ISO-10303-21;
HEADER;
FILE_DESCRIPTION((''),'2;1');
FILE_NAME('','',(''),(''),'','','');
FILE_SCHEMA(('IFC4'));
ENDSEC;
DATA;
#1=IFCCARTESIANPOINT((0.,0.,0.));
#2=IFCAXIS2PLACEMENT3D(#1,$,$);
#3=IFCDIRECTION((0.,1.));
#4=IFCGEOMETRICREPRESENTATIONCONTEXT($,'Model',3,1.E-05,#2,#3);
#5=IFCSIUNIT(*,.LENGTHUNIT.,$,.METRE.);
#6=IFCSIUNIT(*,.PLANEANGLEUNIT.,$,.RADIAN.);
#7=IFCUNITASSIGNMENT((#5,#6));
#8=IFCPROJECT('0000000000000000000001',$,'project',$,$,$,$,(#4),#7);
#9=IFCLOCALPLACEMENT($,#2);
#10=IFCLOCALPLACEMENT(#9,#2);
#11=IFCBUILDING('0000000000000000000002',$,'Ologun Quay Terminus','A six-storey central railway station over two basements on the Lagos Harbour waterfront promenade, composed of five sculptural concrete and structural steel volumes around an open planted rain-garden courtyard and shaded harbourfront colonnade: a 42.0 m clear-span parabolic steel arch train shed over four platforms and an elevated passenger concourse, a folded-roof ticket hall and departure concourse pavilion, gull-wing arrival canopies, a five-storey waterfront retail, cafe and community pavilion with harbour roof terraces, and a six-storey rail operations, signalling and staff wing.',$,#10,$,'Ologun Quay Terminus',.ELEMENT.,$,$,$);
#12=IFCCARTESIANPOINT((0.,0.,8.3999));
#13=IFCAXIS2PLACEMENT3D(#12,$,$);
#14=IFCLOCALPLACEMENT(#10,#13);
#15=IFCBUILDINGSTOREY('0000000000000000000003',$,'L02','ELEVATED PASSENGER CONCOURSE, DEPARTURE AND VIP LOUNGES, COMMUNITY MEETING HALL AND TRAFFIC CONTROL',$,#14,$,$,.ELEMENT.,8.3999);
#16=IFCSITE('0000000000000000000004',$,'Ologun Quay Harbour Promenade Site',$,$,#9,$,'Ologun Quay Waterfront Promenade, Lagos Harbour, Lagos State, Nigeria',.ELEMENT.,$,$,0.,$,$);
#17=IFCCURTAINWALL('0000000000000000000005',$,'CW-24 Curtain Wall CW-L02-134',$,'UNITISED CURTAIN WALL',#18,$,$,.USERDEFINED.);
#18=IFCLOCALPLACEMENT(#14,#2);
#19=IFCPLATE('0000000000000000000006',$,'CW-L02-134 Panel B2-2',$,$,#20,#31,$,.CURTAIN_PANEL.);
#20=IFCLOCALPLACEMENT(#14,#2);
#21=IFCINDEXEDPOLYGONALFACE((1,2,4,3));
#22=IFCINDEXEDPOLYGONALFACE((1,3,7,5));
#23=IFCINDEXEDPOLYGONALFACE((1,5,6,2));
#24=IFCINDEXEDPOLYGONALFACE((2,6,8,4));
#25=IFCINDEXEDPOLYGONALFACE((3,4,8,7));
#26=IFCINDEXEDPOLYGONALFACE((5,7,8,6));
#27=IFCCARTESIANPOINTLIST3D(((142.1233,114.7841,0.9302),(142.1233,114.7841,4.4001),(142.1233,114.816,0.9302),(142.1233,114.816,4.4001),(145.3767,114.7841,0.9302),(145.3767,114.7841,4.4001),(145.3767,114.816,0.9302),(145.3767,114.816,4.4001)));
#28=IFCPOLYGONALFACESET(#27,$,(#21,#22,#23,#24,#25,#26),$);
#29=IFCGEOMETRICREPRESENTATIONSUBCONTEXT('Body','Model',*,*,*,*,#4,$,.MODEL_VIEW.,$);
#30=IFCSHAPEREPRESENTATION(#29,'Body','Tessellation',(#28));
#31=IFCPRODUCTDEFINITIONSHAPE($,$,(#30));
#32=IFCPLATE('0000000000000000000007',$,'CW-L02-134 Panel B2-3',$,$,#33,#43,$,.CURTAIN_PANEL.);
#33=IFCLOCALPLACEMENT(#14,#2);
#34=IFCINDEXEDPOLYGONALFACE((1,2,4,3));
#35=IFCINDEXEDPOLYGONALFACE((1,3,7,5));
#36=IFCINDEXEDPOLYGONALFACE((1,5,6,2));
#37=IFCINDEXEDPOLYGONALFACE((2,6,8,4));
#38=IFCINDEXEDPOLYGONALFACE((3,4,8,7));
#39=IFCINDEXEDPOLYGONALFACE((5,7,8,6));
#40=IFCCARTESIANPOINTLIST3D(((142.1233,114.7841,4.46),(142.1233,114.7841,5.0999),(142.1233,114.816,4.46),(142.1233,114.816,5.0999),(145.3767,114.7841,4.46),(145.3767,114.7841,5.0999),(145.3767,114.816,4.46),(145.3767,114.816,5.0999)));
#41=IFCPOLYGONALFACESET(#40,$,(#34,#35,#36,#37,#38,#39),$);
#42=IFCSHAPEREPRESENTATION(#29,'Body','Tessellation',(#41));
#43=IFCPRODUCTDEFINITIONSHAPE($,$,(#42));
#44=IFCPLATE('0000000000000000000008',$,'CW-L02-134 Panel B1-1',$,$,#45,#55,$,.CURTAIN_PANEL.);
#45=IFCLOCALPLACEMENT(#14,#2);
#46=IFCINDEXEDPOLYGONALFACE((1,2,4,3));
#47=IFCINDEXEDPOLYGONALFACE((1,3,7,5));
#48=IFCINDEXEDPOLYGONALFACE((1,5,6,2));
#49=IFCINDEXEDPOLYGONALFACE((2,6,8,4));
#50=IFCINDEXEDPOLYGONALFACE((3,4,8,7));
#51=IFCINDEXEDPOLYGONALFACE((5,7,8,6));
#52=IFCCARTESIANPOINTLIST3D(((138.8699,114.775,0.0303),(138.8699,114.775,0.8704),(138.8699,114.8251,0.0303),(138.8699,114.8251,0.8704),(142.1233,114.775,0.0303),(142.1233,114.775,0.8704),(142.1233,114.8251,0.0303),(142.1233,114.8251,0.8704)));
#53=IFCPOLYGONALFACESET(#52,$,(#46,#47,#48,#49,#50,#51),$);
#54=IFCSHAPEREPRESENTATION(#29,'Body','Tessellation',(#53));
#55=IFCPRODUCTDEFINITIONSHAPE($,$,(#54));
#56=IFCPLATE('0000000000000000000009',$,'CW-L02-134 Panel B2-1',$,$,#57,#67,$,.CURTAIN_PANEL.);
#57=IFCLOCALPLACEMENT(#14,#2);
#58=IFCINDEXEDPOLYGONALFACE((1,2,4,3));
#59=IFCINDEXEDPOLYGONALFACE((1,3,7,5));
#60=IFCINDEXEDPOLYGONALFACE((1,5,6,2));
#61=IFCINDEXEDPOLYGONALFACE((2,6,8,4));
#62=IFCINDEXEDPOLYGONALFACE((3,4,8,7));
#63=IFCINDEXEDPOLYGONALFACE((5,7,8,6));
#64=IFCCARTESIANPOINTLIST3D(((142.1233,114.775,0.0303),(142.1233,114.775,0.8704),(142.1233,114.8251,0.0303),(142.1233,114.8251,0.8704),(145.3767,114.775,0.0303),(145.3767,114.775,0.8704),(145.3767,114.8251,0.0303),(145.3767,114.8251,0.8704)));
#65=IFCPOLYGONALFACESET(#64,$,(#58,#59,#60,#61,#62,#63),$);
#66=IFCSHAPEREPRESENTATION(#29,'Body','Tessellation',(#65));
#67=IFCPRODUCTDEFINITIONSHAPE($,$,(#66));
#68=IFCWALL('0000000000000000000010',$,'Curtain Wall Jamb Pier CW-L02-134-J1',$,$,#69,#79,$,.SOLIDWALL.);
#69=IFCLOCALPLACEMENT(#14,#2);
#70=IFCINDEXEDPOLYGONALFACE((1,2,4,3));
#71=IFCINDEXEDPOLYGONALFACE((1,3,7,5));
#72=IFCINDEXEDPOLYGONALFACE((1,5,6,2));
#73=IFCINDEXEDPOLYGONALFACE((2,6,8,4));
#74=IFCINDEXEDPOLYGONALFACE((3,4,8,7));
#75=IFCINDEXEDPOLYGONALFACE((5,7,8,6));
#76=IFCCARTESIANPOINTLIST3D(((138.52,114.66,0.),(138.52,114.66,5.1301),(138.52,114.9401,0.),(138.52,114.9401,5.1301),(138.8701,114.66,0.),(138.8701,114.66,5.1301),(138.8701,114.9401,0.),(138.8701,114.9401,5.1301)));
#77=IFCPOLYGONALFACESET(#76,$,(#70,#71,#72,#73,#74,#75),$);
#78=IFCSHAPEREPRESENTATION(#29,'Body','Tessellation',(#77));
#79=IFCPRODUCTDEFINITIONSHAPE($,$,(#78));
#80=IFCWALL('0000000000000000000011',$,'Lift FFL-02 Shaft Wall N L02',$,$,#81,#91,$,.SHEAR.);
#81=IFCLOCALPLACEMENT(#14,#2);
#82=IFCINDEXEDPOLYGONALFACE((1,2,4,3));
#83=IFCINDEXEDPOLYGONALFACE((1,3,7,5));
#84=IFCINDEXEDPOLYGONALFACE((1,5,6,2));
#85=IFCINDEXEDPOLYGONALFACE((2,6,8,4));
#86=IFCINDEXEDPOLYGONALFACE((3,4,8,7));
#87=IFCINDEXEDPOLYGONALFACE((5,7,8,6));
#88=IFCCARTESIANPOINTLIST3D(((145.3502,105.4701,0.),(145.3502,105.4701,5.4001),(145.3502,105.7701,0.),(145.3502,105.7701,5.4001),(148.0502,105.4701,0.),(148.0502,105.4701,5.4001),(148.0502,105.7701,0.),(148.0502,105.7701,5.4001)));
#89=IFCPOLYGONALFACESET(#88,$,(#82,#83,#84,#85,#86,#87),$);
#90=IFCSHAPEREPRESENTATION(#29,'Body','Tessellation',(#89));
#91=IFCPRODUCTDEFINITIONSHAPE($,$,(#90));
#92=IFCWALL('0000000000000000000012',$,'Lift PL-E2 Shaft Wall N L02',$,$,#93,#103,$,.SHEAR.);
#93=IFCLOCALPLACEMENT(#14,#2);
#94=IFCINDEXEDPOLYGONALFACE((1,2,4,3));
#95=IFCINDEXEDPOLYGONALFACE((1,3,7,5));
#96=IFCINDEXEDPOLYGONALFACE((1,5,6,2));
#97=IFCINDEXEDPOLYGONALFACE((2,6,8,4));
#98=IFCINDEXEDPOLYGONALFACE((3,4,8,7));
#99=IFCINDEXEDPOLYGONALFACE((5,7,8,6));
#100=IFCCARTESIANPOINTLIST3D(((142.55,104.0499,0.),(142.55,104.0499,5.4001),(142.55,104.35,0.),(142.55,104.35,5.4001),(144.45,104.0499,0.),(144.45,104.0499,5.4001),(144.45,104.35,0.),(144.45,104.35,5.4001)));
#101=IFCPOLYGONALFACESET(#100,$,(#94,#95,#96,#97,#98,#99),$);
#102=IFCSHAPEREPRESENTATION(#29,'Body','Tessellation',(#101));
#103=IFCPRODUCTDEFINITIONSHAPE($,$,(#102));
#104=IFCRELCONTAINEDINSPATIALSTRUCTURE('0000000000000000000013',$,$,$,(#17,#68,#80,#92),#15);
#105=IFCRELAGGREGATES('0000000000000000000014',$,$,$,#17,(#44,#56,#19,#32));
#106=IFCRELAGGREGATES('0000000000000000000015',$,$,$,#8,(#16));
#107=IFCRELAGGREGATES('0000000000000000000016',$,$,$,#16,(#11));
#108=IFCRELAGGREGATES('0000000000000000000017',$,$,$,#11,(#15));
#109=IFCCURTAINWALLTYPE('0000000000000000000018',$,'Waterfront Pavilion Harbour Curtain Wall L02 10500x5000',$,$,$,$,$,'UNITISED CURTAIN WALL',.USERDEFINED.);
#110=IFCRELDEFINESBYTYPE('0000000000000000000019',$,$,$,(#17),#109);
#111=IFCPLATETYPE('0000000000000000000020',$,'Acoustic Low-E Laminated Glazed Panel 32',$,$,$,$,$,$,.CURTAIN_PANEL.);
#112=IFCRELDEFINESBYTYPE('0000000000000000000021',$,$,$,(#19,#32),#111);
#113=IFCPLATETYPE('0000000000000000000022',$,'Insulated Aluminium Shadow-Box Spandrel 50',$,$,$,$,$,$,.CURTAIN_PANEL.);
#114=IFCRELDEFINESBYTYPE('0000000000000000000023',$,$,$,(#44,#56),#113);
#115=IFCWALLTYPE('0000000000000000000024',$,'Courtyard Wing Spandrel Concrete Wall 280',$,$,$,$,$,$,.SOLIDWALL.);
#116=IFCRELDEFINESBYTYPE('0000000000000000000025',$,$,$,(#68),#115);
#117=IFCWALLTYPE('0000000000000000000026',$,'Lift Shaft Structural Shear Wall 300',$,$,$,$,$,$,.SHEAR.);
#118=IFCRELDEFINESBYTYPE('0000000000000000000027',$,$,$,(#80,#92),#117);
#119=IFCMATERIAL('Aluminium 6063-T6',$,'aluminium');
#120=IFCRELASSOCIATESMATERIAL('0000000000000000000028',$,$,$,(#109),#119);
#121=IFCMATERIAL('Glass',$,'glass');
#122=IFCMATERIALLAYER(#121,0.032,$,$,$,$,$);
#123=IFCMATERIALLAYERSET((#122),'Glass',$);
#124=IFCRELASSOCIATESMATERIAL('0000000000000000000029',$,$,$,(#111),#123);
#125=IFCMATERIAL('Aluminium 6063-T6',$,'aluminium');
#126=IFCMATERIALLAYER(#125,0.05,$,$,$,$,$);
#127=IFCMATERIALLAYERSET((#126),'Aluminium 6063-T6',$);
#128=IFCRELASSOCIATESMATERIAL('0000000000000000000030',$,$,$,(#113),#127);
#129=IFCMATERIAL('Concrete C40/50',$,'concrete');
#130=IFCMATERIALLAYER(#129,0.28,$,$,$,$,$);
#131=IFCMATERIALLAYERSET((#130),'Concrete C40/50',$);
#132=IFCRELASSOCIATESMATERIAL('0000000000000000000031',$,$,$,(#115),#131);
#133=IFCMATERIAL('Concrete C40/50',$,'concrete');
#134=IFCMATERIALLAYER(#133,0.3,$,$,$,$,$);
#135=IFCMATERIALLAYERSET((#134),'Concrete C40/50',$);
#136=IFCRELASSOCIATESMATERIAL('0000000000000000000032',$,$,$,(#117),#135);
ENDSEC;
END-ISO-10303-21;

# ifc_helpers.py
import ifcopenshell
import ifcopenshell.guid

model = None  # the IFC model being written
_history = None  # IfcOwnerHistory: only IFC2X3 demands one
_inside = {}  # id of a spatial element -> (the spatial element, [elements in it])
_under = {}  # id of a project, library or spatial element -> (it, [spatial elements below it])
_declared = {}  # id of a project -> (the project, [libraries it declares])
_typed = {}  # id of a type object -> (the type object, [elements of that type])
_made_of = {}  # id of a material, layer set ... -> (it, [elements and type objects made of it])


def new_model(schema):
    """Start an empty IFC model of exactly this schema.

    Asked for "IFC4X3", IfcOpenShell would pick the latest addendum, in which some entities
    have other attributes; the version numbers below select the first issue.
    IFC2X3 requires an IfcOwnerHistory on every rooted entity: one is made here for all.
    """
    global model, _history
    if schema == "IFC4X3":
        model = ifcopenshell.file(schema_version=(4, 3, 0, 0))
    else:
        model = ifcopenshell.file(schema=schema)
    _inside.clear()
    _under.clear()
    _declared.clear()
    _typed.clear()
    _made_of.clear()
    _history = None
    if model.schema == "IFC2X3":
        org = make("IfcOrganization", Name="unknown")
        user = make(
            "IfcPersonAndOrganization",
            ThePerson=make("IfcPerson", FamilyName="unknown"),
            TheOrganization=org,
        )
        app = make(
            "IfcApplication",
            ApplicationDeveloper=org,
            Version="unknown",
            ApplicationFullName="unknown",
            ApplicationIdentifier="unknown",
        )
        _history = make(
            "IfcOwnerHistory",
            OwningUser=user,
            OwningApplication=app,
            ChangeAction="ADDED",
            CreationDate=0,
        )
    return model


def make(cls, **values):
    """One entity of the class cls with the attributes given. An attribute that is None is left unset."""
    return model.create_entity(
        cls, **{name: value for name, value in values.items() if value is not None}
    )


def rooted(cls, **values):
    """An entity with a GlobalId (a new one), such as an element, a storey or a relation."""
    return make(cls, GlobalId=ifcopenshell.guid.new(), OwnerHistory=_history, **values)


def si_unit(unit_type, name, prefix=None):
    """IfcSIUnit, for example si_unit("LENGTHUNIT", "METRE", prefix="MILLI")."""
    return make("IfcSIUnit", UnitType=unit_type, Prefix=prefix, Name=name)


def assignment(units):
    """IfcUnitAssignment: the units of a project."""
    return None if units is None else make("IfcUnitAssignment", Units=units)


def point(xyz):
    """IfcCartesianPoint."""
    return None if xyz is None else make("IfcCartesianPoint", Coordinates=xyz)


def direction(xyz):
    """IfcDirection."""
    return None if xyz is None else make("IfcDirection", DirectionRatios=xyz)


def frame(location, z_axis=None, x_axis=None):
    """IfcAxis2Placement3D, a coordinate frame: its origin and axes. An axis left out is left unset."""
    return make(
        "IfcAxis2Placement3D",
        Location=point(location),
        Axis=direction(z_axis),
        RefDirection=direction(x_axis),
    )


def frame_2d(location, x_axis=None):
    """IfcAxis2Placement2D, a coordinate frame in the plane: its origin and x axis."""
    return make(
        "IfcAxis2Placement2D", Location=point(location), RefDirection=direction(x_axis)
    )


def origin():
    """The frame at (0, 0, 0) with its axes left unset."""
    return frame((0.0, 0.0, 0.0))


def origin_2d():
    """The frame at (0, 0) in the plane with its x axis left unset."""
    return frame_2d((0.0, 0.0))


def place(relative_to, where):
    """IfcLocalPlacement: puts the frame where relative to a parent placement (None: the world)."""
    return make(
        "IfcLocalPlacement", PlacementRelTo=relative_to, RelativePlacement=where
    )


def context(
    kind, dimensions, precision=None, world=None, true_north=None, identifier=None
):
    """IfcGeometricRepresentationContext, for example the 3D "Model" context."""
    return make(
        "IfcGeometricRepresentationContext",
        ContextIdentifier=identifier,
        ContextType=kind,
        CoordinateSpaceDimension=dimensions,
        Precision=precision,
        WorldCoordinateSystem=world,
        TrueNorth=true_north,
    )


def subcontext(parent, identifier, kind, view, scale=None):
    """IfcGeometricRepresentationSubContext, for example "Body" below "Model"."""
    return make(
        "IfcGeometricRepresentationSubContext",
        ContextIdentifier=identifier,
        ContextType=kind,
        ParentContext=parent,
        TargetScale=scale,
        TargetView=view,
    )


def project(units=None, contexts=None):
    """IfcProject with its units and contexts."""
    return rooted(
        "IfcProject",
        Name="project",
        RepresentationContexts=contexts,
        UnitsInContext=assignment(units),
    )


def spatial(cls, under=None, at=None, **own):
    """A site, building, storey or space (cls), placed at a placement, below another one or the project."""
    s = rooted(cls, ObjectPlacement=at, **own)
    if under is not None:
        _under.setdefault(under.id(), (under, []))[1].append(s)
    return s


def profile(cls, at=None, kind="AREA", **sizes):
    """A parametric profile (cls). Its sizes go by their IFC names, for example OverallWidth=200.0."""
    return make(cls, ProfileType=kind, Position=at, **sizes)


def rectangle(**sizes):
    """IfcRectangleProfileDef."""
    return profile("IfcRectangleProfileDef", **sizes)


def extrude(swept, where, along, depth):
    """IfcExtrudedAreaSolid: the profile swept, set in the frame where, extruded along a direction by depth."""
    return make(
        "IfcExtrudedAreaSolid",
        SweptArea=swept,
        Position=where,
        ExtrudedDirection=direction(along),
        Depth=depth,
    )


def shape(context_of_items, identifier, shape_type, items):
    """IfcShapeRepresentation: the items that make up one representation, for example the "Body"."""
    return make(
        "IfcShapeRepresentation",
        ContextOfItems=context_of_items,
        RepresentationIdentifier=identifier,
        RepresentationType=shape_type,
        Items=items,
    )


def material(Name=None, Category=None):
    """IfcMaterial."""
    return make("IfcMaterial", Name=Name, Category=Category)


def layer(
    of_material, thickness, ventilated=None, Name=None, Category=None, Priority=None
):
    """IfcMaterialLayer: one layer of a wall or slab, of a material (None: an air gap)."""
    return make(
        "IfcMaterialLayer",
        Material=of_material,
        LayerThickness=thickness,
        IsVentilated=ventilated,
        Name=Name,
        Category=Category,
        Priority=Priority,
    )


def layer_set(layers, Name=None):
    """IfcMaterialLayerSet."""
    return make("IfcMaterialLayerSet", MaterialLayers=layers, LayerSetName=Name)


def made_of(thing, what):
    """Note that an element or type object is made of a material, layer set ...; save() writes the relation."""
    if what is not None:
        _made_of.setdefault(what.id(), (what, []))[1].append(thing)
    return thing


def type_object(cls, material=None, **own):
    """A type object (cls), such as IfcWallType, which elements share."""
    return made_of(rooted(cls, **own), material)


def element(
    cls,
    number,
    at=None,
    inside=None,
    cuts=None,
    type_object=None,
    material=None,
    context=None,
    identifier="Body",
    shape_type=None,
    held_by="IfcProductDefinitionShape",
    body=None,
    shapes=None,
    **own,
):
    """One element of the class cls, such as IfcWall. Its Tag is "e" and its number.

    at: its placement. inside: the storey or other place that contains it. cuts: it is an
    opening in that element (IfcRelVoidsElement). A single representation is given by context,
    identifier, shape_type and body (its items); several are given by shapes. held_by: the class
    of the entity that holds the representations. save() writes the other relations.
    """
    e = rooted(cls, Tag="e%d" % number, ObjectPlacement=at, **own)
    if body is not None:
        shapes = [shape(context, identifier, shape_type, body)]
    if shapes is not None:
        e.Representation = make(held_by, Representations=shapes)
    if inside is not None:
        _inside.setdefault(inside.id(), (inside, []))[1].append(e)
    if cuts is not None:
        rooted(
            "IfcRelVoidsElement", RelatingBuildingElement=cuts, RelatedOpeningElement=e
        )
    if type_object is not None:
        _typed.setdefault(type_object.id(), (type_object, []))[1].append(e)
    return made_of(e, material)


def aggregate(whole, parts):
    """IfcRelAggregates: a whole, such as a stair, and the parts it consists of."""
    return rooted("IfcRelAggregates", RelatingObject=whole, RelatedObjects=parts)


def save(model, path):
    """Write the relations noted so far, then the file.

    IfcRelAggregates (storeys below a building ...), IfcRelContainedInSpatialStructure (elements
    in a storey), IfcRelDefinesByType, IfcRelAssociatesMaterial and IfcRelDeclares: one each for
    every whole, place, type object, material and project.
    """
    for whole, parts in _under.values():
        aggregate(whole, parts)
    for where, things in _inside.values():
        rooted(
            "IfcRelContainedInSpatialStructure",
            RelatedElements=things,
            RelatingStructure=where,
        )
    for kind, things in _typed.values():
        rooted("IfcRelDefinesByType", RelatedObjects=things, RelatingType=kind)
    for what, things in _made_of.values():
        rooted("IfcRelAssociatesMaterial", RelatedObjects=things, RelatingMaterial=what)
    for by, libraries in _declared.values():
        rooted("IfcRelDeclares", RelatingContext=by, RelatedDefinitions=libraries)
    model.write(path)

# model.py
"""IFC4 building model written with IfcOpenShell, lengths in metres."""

from ifc_helpers import new_model, si_unit, direction, frame, frame_2d, origin, origin_2d, place, context, subcontext, project, spatial, rectangle, extrude, material, layer, layer_set, type_object, element, aggregate, save


model = new_model("IFC4")

# Units and contexts
model_context = context("Model", 3, precision=1e-05, world=origin(), true_north=direction((0.0, 1.0)))
body_context = subcontext(model_context, "Body", "Model", "MODEL_VIEW")
ifc_project = project(units=[si_unit("LENGTHUNIT", "METRE"), si_unit("PLANEANGLEUNIT", "RADIAN")], contexts=[model_context])

# Site, building, storey
site_placement = place(None, origin())
site = spatial("IfcSite", under=ifc_project, at=site_placement, Name="Ologun Quay Harbour Promenade Site", LongName="Ologun Quay Waterfront Promenade, Lagos Harbour, Lagos State, Nigeria", CompositionType="ELEMENT", RefElevation=0.0)
building_placement = place(site_placement, origin())
building = spatial("IfcBuilding", under=site, at=building_placement, Name="Ologun Quay Terminus", Description="A six-storey central railway station over two basements on the Lagos Harbour waterfront promenade, composed of five sculptural concrete and structural steel volumes around an open planted rain-garden courtyard and shaded harbourfront colonnade: a 42.0 m clear-span parabolic steel arch train shed over four platforms and an elevated passenger concourse, a folded-roof ticket hall and departure concourse pavilion, gull-wing arrival canopies, a five-storey waterfront retail, cafe and community pavilion with harbour roof terraces, and a six-storey rail operations, signalling and staff wing.", LongName="Ologun Quay Terminus", CompositionType="ELEMENT")
storey_placement = place(building_placement, frame((0.0, 0.0, 8.3999)))
storey = spatial("IfcBuildingStorey", under=building, at=storey_placement, Name="L02", Description="ELEVATED PASSENGER CONCOURSE, DEPARTURE AND VIP LOUNGES, COMMUNITY MEETING HALL AND TRAFFIC CONTROL", CompositionType="ELEMENT", Elevation=8.3999)

# Curtain wall, plates
ifc_material_1 = material(Name="Aluminium 6063-T6", Category="aluminium")
curtain_wall_type = type_object("IfcCurtainWallType", Name="Waterfront Pavilion Harbour Curtain Wall L02 10500x5000", ElementType="UNITISED CURTAIN WALL", PredefinedType="USERDEFINED", material=ifc_material_1)
curtain_wall_placement = place(storey_placement, origin())
curtain_wall = element("IfcCurtainWall", 1, at=curtain_wall_placement, inside=storey, type_object=curtain_wall_type, Name="CW-24 Curtain Wall CW-L02-134", ObjectType="UNITISED CURTAIN WALL", PredefinedType="USERDEFINED")
ifc_material_2 = material(Name="Glass", Category="glass")
ifc_layer_1 = layer(ifc_material_2, 0.032)
ifc_layer_set_1 = layer_set([ifc_layer_1], Name="Glass")
plate_type_1 = type_object("IfcPlateType", Name="Acoustic Low-E Laminated Glazed Panel 32", PredefinedType="CURTAIN_PANEL", material=ifc_layer_set_1)
plate_1_placement = place(storey_placement, frame((143.75, 114.8, 0.9302), z_axis=(0.0, 0.0, 1.0), x_axis=(1.0, 0.0, 0.0)))
plate_1 = element("IfcPlate", 2, at=plate_1_placement, type_object=plate_type_1, Name="CW-L02-134 Panel B2-2", PredefinedType="CURTAIN_PANEL", context=body_context, shape_type="SweptSolid", body=[
    extrude(rectangle(XDim=3.2534, YDim=0.032, at=origin_2d()), origin(), (0.0, 0.0, 1.0), 3.47),
])
plate_2_placement = place(storey_placement, frame((143.75, 114.8, 4.46), z_axis=(0.0, 0.0, 1.0), x_axis=(1.0, 0.0, 0.0)))
plate_2 = element("IfcPlate", 3, at=plate_2_placement, type_object=plate_type_1, Name="CW-L02-134 Panel B2-3", PredefinedType="CURTAIN_PANEL", context=body_context, shape_type="SweptSolid", body=[
    extrude(rectangle(XDim=3.2534, YDim=0.032, at=origin_2d()), origin(), (0.0, 0.0, 1.0), 0.6399),
])
ifc_material_3 = material(Name="Aluminium 6063-T6", Category="aluminium")
ifc_layer_2 = layer(ifc_material_3, 0.05)
ifc_layer_set_2 = layer_set([ifc_layer_2], Name="Aluminium 6063-T6")
plate_type_2 = type_object("IfcPlateType", Name="Insulated Aluminium Shadow-Box Spandrel 50", PredefinedType="CURTAIN_PANEL", material=ifc_layer_set_2)
plate_3_placement = place(storey_placement, frame((140.4966, 114.8, 0.0303), z_axis=(0.0, 0.0, 1.0), x_axis=(1.0, 0.0, 0.0)))
plate_3 = element("IfcPlate", 4, at=plate_3_placement, type_object=plate_type_2, Name="CW-L02-134 Panel B1-1", PredefinedType="CURTAIN_PANEL", context=body_context, shape_type="SweptSolid", body=[
    extrude(rectangle(XDim=3.2534, YDim=0.05, at=origin_2d()), origin(), (0.0, 0.0, 1.0), 0.8401),
])
plate_4_placement = place(storey_placement, frame((143.75, 114.8, 0.0303), z_axis=(0.0, 0.0, 1.0), x_axis=(1.0, 0.0, 0.0)))
plate_4 = element("IfcPlate", 5, at=plate_4_placement, type_object=plate_type_2, Name="CW-L02-134 Panel B2-1", PredefinedType="CURTAIN_PANEL", context=body_context, shape_type="SweptSolid", body=[
    extrude(rectangle(XDim=3.2534, YDim=0.05, at=origin_2d()), origin(), (0.0, 0.0, 1.0), 0.8401),
])
aggregate(curtain_wall, [plate_3, plate_4, plate_1, plate_2])

# Walls
ifc_material_4 = material(Name="Concrete C40/50", Category="concrete")
ifc_layer_3 = layer(ifc_material_4, 0.28)
ifc_layer_set_3 = layer_set([ifc_layer_3], Name="Concrete C40/50")
wall_type_1 = type_object("IfcWallType", Name="Courtyard Wing Spandrel Concrete Wall 280", PredefinedType="SOLIDWALL", material=ifc_layer_set_3)
wall_1_placement = place(storey_placement, frame((138.52, 114.8, 0.0), z_axis=(0.0, 0.0, 1.0), x_axis=(1.0, 0.0, 0.0)))
element("IfcWall", 6, at=wall_1_placement, inside=storey, type_object=wall_type_1, Name="Curtain Wall Jamb Pier CW-L02-134-J1", PredefinedType="SOLIDWALL", context=body_context, shape_type="SweptSolid", body=[
    extrude(rectangle(XDim=0.3501, YDim=0.28, at=frame_2d((0.175, 0.0))), origin(), (0.0, 0.0, 1.0), 5.1301),
])
ifc_material_5 = material(Name="Concrete C40/50", Category="concrete")
ifc_layer_4 = layer(ifc_material_5, 0.3)
ifc_layer_set_4 = layer_set([ifc_layer_4], Name="Concrete C40/50")
wall_type_2 = type_object("IfcWallType", Name="Lift Shaft Structural Shear Wall 300", PredefinedType="SHEAR", material=ifc_layer_set_4)
wall_2_placement = place(storey_placement, frame((145.3501, 105.6201, 0.0), z_axis=(0.0, 0.0, 1.0), x_axis=(1.0, 0.0, 0.0)))
element("IfcWall", 7, at=wall_2_placement, inside=storey, type_object=wall_type_2, Name="Lift FFL-02 Shaft Wall N L02", PredefinedType="SHEAR", context=body_context, shape_type="SweptSolid", body=[
    extrude(rectangle(XDim=2.7, YDim=0.3, at=frame_2d((1.3501, 0.0))), origin(), (0.0, 0.0, 1.0), 5.4001),
])
wall_3_placement = place(storey_placement, frame((142.55, 104.2, 0.0), z_axis=(0.0, 0.0, 1.0), x_axis=(1.0, 0.0, 0.0)))
element("IfcWall", 8, at=wall_3_placement, inside=storey, type_object=wall_type_2, Name="Lift PL-E2 Shaft Wall N L02", PredefinedType="SHEAR", context=body_context, shape_type="SweptSolid", body=[
    extrude(rectangle(XDim=1.8999, YDim=0.3, at=frame_2d((0.95, 0.0))), origin(), (0.0, 0.0, 1.0), 5.4001),
])

save(model, "model.ifc")
